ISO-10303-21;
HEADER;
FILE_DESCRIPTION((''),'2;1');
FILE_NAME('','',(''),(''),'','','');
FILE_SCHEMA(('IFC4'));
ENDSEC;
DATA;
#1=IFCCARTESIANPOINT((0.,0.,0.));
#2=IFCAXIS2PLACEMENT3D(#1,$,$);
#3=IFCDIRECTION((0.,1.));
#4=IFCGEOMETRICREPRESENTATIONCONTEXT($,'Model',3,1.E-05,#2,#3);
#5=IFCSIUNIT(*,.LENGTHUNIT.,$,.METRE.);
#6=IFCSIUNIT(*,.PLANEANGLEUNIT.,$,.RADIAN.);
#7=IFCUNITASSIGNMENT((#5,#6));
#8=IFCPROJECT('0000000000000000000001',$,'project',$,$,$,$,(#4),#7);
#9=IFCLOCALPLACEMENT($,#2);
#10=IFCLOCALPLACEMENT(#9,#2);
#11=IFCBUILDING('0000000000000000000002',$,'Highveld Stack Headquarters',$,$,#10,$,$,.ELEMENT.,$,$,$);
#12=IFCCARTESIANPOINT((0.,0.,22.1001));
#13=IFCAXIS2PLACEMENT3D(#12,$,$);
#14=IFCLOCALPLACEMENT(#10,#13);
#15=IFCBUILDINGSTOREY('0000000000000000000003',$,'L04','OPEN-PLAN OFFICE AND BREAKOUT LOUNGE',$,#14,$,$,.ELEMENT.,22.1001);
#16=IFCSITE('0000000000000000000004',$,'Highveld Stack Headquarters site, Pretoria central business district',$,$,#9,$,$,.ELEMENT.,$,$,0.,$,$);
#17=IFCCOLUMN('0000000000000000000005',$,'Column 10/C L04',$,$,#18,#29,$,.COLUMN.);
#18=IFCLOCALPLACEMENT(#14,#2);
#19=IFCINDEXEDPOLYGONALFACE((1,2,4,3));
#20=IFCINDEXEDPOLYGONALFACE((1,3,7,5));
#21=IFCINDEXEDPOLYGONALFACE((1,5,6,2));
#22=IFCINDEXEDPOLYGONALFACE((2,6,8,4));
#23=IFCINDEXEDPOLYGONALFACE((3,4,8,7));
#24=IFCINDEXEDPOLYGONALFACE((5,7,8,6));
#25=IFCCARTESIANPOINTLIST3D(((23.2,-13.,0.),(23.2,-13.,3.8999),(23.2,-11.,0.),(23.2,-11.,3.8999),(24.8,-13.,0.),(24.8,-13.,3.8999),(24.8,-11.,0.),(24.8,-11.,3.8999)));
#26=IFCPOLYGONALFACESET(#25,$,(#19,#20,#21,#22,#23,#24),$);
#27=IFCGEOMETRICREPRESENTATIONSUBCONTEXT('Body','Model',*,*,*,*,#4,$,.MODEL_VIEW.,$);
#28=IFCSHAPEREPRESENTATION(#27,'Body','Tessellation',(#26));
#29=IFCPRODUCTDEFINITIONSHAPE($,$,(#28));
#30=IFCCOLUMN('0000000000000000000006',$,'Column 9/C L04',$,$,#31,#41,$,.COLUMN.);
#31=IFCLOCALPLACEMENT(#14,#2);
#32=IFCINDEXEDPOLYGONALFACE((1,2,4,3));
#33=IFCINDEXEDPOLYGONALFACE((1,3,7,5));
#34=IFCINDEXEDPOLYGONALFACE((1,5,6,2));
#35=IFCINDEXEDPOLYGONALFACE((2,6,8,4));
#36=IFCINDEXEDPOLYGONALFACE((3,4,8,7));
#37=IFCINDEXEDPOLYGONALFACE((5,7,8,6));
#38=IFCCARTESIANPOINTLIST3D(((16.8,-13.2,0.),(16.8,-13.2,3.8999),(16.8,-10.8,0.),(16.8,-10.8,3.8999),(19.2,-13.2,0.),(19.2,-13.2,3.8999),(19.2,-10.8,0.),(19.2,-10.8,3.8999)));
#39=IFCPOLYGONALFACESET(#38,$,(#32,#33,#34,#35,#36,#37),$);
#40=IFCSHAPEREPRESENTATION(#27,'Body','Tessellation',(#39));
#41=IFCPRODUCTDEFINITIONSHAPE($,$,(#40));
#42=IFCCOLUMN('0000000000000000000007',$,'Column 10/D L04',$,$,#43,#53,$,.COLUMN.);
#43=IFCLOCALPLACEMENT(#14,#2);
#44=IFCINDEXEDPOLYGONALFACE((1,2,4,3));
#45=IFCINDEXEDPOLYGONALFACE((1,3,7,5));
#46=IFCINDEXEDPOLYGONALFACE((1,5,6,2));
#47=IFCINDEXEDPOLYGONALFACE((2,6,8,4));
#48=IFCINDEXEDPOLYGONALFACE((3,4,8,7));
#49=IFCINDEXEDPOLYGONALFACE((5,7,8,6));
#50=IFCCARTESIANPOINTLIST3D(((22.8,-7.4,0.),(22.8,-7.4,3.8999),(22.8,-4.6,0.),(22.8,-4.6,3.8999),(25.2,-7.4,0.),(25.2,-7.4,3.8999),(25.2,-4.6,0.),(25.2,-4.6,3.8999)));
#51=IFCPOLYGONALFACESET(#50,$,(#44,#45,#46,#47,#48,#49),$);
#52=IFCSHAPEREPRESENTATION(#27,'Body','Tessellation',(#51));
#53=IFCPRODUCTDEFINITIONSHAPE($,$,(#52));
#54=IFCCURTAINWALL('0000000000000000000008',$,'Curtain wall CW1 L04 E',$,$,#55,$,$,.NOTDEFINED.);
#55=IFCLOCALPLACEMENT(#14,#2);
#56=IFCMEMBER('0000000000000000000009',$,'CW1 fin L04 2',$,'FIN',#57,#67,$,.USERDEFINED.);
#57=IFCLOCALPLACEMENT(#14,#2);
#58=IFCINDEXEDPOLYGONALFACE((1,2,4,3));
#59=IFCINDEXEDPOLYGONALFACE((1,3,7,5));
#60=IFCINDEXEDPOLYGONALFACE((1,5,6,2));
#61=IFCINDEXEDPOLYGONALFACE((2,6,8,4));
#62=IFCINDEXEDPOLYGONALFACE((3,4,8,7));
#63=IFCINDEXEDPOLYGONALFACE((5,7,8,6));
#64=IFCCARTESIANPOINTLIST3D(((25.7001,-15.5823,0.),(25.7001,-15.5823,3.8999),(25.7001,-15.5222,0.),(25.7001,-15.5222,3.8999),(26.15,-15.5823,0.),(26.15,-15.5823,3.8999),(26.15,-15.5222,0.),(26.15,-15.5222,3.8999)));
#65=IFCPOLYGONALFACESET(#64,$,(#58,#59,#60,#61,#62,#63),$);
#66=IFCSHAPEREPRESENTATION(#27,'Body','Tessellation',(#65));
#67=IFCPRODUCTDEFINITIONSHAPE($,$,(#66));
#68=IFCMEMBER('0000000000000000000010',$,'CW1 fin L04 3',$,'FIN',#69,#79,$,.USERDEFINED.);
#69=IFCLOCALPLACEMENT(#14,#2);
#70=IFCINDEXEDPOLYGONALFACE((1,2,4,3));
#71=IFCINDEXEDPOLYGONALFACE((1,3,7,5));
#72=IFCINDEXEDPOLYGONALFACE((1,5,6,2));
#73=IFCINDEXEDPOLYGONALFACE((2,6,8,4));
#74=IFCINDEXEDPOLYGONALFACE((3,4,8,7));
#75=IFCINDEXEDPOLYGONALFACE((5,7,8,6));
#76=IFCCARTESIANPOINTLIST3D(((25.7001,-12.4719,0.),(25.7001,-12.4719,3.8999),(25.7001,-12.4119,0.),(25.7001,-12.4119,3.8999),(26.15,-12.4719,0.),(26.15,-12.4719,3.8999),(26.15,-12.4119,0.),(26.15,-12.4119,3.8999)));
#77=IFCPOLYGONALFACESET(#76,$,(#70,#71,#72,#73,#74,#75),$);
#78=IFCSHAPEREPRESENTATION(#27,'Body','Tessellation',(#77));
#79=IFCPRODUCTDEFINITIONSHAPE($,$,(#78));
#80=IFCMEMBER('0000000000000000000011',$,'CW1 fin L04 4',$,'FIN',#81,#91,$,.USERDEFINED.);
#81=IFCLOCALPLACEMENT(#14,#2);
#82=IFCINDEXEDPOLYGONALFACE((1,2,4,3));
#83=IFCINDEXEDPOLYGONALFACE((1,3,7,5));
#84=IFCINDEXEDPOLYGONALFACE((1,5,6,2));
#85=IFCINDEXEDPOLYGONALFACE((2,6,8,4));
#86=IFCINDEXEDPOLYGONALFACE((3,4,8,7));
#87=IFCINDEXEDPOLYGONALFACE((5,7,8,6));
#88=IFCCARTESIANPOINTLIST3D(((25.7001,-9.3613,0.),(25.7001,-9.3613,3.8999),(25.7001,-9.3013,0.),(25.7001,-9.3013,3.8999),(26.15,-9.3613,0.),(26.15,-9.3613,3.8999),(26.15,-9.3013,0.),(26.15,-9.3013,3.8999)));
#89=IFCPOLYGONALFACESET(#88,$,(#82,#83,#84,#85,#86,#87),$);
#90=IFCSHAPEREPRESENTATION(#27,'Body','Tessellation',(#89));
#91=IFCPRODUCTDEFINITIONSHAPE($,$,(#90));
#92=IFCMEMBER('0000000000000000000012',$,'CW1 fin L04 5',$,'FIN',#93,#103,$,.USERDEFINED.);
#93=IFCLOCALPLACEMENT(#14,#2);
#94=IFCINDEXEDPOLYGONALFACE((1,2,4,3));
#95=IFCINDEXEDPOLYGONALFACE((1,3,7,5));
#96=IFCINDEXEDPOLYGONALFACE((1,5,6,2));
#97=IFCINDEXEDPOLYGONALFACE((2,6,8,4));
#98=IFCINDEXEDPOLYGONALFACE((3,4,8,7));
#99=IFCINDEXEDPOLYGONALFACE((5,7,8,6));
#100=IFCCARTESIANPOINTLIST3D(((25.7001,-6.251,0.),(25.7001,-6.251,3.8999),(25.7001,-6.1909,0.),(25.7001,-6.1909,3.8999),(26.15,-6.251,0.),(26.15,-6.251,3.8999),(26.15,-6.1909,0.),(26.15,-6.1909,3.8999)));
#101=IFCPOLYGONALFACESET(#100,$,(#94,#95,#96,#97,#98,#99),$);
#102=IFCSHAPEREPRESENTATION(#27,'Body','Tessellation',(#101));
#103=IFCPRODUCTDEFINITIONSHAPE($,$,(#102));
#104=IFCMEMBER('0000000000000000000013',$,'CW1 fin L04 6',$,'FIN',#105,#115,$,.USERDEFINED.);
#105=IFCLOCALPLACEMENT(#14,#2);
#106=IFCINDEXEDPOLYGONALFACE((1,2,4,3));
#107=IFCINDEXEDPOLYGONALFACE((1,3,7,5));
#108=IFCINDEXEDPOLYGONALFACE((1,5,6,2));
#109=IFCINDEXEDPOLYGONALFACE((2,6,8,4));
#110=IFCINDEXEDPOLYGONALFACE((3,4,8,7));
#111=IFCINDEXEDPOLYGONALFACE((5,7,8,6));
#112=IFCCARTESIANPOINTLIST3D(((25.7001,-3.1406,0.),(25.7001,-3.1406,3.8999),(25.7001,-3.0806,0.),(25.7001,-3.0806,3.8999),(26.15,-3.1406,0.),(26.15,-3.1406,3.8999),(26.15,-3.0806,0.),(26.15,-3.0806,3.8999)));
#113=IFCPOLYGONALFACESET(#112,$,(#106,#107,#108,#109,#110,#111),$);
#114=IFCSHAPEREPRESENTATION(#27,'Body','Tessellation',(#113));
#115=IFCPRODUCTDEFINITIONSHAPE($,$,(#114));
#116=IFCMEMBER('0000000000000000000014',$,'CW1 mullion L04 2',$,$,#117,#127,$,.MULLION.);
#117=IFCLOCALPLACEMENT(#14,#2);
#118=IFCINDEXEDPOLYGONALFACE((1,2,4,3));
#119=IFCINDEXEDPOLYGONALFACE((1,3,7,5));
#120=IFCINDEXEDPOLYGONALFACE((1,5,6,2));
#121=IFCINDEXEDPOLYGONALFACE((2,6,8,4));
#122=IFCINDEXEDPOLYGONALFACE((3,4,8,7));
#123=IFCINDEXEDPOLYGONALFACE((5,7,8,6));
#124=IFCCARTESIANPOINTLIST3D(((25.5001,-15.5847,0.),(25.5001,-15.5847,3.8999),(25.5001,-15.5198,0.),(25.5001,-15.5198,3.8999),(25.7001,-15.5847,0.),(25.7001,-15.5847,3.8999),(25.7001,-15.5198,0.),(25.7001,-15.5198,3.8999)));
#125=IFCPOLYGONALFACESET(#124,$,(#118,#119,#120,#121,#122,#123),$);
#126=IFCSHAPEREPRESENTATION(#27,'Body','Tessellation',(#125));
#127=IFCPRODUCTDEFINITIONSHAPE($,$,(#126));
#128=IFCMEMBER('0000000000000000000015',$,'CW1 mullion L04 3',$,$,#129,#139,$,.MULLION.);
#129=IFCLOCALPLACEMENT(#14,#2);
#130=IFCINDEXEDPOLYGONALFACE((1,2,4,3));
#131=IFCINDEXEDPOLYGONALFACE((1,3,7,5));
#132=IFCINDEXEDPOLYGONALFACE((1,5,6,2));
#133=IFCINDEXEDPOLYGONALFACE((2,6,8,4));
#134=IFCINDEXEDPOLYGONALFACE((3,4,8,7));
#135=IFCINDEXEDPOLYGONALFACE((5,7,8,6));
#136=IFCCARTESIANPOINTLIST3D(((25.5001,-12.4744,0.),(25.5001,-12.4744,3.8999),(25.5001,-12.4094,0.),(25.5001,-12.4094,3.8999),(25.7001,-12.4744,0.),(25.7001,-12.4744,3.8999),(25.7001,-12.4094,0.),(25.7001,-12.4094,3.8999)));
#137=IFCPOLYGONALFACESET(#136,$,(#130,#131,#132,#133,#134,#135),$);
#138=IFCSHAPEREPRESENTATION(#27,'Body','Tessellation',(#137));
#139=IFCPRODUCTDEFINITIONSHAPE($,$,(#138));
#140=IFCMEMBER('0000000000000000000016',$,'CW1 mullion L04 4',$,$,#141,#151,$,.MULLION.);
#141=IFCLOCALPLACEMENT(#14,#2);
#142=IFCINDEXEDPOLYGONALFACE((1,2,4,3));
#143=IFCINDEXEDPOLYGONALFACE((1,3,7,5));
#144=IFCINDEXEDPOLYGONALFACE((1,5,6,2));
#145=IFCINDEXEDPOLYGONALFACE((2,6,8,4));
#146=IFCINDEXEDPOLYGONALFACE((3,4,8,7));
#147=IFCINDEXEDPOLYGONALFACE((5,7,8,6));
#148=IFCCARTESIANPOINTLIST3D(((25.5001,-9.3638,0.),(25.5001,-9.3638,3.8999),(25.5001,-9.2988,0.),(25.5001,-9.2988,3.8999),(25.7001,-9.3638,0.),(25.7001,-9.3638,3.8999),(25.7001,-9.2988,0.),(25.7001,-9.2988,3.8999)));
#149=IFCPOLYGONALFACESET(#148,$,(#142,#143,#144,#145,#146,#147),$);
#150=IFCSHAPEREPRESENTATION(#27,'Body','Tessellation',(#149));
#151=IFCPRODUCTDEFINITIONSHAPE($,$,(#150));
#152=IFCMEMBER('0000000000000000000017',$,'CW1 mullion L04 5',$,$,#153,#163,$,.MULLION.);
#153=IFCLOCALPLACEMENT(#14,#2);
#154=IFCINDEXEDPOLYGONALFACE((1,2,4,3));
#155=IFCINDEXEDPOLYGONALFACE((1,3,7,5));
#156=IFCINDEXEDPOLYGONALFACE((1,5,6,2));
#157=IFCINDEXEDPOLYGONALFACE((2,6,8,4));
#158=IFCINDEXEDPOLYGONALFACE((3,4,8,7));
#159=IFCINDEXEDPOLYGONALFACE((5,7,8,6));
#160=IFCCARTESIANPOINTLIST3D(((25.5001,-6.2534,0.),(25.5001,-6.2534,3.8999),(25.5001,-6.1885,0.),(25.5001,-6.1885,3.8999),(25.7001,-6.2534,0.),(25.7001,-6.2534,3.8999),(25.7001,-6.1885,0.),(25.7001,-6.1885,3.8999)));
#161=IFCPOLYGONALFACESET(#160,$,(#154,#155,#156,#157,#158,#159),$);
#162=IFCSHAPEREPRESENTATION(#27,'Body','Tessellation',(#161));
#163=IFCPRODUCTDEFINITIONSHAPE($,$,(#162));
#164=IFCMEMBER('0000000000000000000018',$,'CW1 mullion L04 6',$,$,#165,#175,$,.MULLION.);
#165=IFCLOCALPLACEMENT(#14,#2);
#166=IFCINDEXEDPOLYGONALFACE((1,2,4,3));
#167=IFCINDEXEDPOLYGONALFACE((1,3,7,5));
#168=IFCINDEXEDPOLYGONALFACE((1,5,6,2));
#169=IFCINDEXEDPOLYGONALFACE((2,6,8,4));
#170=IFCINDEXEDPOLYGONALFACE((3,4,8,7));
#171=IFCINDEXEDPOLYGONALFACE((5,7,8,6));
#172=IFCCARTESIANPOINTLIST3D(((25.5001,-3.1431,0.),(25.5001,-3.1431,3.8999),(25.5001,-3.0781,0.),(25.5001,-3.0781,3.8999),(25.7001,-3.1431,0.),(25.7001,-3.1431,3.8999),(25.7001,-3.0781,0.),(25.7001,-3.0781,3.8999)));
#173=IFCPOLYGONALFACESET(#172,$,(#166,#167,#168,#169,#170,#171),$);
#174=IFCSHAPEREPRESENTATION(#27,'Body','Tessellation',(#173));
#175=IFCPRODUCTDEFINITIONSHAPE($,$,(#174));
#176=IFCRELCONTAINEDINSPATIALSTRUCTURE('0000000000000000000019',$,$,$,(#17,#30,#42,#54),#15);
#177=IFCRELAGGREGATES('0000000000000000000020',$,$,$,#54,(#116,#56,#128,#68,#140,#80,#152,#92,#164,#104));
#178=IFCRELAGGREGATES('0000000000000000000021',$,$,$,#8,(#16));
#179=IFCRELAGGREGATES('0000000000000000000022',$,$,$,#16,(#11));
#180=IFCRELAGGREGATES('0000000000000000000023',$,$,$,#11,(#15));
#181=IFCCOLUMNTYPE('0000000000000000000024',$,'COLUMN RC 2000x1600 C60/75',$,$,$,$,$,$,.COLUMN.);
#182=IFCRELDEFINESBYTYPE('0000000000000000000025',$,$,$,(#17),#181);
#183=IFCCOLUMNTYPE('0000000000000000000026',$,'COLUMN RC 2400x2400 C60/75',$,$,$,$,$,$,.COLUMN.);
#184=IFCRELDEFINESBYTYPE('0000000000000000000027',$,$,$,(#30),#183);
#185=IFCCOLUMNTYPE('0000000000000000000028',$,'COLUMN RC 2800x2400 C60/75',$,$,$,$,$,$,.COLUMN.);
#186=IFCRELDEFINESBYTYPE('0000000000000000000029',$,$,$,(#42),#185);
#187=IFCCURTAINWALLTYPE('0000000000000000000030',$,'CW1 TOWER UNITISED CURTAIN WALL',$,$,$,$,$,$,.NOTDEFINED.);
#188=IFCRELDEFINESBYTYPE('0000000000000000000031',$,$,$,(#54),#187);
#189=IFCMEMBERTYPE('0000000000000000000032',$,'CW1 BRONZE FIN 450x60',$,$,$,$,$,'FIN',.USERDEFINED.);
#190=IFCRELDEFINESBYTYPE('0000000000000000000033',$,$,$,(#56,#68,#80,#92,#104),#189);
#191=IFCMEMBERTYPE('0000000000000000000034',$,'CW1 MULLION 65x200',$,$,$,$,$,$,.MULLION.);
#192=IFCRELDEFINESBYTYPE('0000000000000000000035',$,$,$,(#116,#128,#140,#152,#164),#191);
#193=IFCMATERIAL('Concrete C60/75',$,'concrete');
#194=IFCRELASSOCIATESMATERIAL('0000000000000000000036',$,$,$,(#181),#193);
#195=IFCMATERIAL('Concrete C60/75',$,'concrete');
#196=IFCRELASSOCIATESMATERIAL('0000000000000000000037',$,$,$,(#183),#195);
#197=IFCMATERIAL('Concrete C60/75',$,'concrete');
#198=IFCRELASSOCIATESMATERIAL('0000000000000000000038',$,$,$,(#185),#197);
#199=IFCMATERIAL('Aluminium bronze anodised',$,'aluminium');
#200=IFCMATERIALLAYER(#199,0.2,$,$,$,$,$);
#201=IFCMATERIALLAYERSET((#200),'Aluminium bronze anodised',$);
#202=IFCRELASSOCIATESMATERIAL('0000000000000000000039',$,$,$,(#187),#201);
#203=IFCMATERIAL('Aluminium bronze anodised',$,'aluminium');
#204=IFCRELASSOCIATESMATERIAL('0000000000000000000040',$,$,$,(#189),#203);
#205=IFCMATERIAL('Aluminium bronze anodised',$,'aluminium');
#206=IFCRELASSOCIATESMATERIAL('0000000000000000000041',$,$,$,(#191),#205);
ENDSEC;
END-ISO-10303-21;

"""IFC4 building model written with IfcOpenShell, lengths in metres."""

from ifc_helpers import new_model, si_unit, direction, frame, origin, origin_2d, place, context, subcontext, project, spatial, rectangle, extrude, material, layer, layer_set, material_profile, profile_set, type_object, element, aggregate, save


model = new_model("IFC4")

# Units and contexts
model_context = context("Model", 3, precision=1e-05, world=origin(), true_north=direction((0.0, 1.0)))
body_context = subcontext(model_context, "Body", "Model", "MODEL_VIEW")
ifc_project = project(units=[si_unit("LENGTHUNIT", "METRE"), si_unit("PLANEANGLEUNIT", "RADIAN")], contexts=[model_context])

# Site, building, storey
site_placement = place(None, origin())
site = spatial("IfcSite", under=ifc_project, at=site_placement, Name="Highveld Stack Headquarters site, Pretoria central business district", CompositionType="ELEMENT", RefElevation=0.0)
building_placement = place(site_placement, origin())
building = spatial("IfcBuilding", under=site, at=building_placement, Name="Highveld Stack Headquarters", CompositionType="ELEMENT")
storey_placement = place(building_placement, frame((0.0, 0.0, 22.1001)))
storey = spatial("IfcBuildingStorey", under=building, at=storey_placement, Name="L04", Description="OPEN-PLAN OFFICE AND BREAKOUT LOUNGE", CompositionType="ELEMENT", Elevation=22.1001)

# Columns
ifc_material_1 = material(Name="Concrete C60/75", Category="concrete")
ifc_material_profile_1 = material_profile(ifc_material_1, rectangle(XDim=2.0, YDim=1.6001, at=origin_2d()), Name="RC 2000x1600")
ifc_profile_set_1 = profile_set([ifc_material_profile_1], Name="Concrete C60/75")
column_type_1 = type_object("IfcColumnType", Name="COLUMN RC 2000x1600 C60/75", PredefinedType="COLUMN", material=ifc_profile_set_1)
column_1_placement = place(storey_placement, frame((24.0, -12.0, 0.0), z_axis=(0.0, 0.0, 1.0), x_axis=(0.0, 1.0, 0.0)))
element("IfcColumn", 1, at=column_1_placement, inside=storey, type_object=column_type_1, Name="Column 10/C L04", PredefinedType="COLUMN", context=body_context, shape_type="SweptSolid", body=[
    extrude(rectangle(XDim=2.0, YDim=1.6001, at=origin_2d()), origin(), (0.0, 0.0, 1.0), 3.8999),
])
ifc_material_2 = material(Name="Concrete C60/75", Category="concrete")
ifc_material_profile_2 = material_profile(ifc_material_2, rectangle(XDim=2.3999, YDim=2.3999, at=origin_2d()), Name="RC 2400x2400")
ifc_profile_set_2 = profile_set([ifc_material_profile_2], Name="Concrete C60/75")
column_type_2 = type_object("IfcColumnType", Name="COLUMN RC 2400x2400 C60/75", PredefinedType="COLUMN", material=ifc_profile_set_2)
column_2_placement = place(storey_placement, frame((18.0, -12.0, 0.0), z_axis=(0.0, 0.0, 1.0), x_axis=(1.0, 0.0, 0.0)))
element("IfcColumn", 2, at=column_2_placement, inside=storey, type_object=column_type_2, Name="Column 9/C L04", PredefinedType="COLUMN", context=body_context, shape_type="SweptSolid", body=[
    extrude(rectangle(XDim=2.3999, YDim=2.3999, at=origin_2d()), origin(), (0.0, 0.0, 1.0), 3.8999),
])
ifc_material_3 = material(Name="Concrete C60/75", Category="concrete")
ifc_material_profile_3 = material_profile(ifc_material_3, rectangle(XDim=2.8, YDim=2.3999, at=origin_2d()), Name="RC 2800x2400")
ifc_profile_set_3 = profile_set([ifc_material_profile_3], Name="Concrete C60/75")
column_type_3 = type_object("IfcColumnType", Name="COLUMN RC 2800x2400 C60/75", PredefinedType="COLUMN", material=ifc_profile_set_3)
column_3_placement = place(storey_placement, frame((24.0, -6.0, 0.0), z_axis=(0.0, 0.0, 1.0), x_axis=(0.0, 1.0, 0.0)))
element("IfcColumn", 3, at=column_3_placement, inside=storey, type_object=column_type_3, Name="Column 10/D L04", PredefinedType="COLUMN", context=body_context, shape_type="SweptSolid", body=[
    extrude(rectangle(XDim=2.8, YDim=2.3999, at=origin_2d()), origin(), (0.0, 0.0, 1.0), 3.8999),
])

# Curtain wall, members
ifc_material_4 = material(Name="Aluminium bronze anodised", Category="aluminium")
ifc_layer_1 = layer(ifc_material_4, 0.2)
ifc_layer_set_1 = layer_set([ifc_layer_1], Name="Aluminium bronze anodised")
curtain_wall_type = type_object("IfcCurtainWallType", Name="CW1 TOWER UNITISED CURTAIN WALL", PredefinedType="NOTDEFINED", material=ifc_layer_set_1)
curtain_wall_placement = place(storey_placement, origin())
curtain_wall = element("IfcCurtainWall", 4, at=curtain_wall_placement, inside=storey, type_object=curtain_wall_type, Name="Curtain wall CW1 L04 E", PredefinedType="NOTDEFINED")
ifc_material_5 = material(Name="Aluminium bronze anodised", Category="aluminium")
ifc_material_profile_4 = material_profile(ifc_material_5, rectangle(XDim=0.45, YDim=0.0601, at=origin_2d()), Name="FIN 450x60")
ifc_profile_set_4 = profile_set([ifc_material_profile_4], Name="Aluminium bronze anodised")
member_type_1 = type_object("IfcMemberType", Name="CW1 BRONZE FIN 450x60", ElementType="FIN", PredefinedType="USERDEFINED", material=ifc_profile_set_4)
member_1_placement = place(storey_placement, frame((25.925, -15.5522, 0.0), z_axis=(0.0, 0.0, 1.0), x_axis=(-1.0, 0.0, 0.0)))
member_1 = element("IfcMember", 5, at=member_1_placement, type_object=member_type_1, Name="CW1 fin L04 2", ObjectType="FIN", PredefinedType="USERDEFINED", context=body_context, shape_type="SweptSolid", body=[
    extrude(rectangle(XDim=0.45, YDim=0.0601, at=origin_2d()), origin(), (0.0, 0.0, 1.0), 3.8999),
])
member_2_placement = place(storey_placement, frame((25.925, -12.4419, 0.0), z_axis=(0.0, 0.0, 1.0), x_axis=(-1.0, 0.0, 0.0)))
member_2 = element("IfcMember", 6, at=member_2_placement, type_object=member_type_1, Name="CW1 fin L04 3", ObjectType="FIN", PredefinedType="USERDEFINED", context=body_context, shape_type="SweptSolid", body=[
    extrude(rectangle(XDim=0.45, YDim=0.0601, at=origin_2d()), origin(), (0.0, 0.0, 1.0), 3.8999),
])
member_3_placement = place(storey_placement, frame((25.925, -9.3313, 0.0), z_axis=(0.0, 0.0, 1.0), x_axis=(-1.0, 0.0, 0.0)))
member_3 = element("IfcMember", 7, at=member_3_placement, type_object=member_type_1, Name="CW1 fin L04 4", ObjectType="FIN", PredefinedType="USERDEFINED", context=body_context, shape_type="SweptSolid", body=[
    extrude(rectangle(XDim=0.45, YDim=0.0601, at=origin_2d()), origin(), (0.0, 0.0, 1.0), 3.8999),
])
member_4_placement = place(storey_placement, frame((25.925, -6.2209, 0.0), z_axis=(0.0, 0.0, 1.0), x_axis=(-1.0, 0.0, 0.0)))
member_4 = element("IfcMember", 8, at=member_4_placement, type_object=member_type_1, Name="CW1 fin L04 5", ObjectType="FIN", PredefinedType="USERDEFINED", context=body_context, shape_type="SweptSolid", body=[
    extrude(rectangle(XDim=0.45, YDim=0.0601, at=origin_2d()), origin(), (0.0, 0.0, 1.0), 3.8999),
])
member_5_placement = place(storey_placement, frame((25.925, -3.1106, 0.0), z_axis=(0.0, 0.0, 1.0), x_axis=(-1.0, 0.0, 0.0)))
member_5 = element("IfcMember", 9, at=member_5_placement, type_object=member_type_1, Name="CW1 fin L04 6", ObjectType="FIN", PredefinedType="USERDEFINED", context=body_context, shape_type="SweptSolid", body=[
    extrude(rectangle(XDim=0.45, YDim=0.0601, at=origin_2d()), origin(), (0.0, 0.0, 1.0), 3.8999),
])
ifc_material_6 = material(Name="Aluminium bronze anodised", Category="aluminium")
ifc_material_profile_5 = material_profile(ifc_material_6, rectangle(XDim=0.2, YDim=0.0649, at=origin_2d()), Name="CW1 MULLION 65x200")
ifc_profile_set_5 = profile_set([ifc_material_profile_5], Name="Aluminium bronze anodised")
member_type_2 = type_object("IfcMemberType", Name="CW1 MULLION 65x200", PredefinedType="MULLION", material=ifc_profile_set_5)
member_6_placement = place(storey_placement, frame((25.6001, -15.5522, 0.0), z_axis=(0.0, 0.0, 1.0), x_axis=(-1.0, 0.0, 0.0)))
member_6 = element("IfcMember", 10, at=member_6_placement, type_object=member_type_2, Name="CW1 mullion L04 2", PredefinedType="MULLION", context=body_context, shape_type="SweptSolid", body=[
    extrude(rectangle(XDim=0.2, YDim=0.0649, at=origin_2d()), origin(), (0.0, 0.0, 1.0), 3.8999),
])
member_7_placement = place(storey_placement, frame((25.6001, -12.4419, 0.0), z_axis=(0.0, 0.0, 1.0), x_axis=(-1.0, 0.0, 0.0)))
member_7 = element("IfcMember", 11, at=member_7_placement, type_object=member_type_2, Name="CW1 mullion L04 3", PredefinedType="MULLION", context=body_context, shape_type="SweptSolid", body=[
    extrude(rectangle(XDim=0.2, YDim=0.0649, at=origin_2d()), origin(), (0.0, 0.0, 1.0), 3.8999),
])
member_8_placement = place(storey_placement, frame((25.6001, -9.3313, 0.0), z_axis=(0.0, 0.0, 1.0), x_axis=(-1.0, 0.0, 0.0)))
member_8 = element("IfcMember", 12, at=member_8_placement, type_object=member_type_2, Name="CW1 mullion L04 4", PredefinedType="MULLION", context=body_context, shape_type="SweptSolid", body=[
    extrude(rectangle(XDim=0.2, YDim=0.0649, at=origin_2d()), origin(), (0.0, 0.0, 1.0), 3.8999),
])
member_9_placement = place(storey_placement, frame((25.6001, -6.2209, 0.0), z_axis=(0.0, 0.0, 1.0), x_axis=(-1.0, 0.0, 0.0)))
member_9 = element("IfcMember", 13, at=member_9_placement, type_object=member_type_2, Name="CW1 mullion L04 5", PredefinedType="MULLION", context=body_context, shape_type="SweptSolid", body=[
    extrude(rectangle(XDim=0.2, YDim=0.0649, at=origin_2d()), origin(), (0.0, 0.0, 1.0), 3.8999),
])
member_10_placement = place(storey_placement, frame((25.6001, -3.1106, 0.0), z_axis=(0.0, 0.0, 1.0), x_axis=(-1.0, 0.0, 0.0)))
member_10 = element("IfcMember", 14, at=member_10_placement, type_object=member_type_2, Name="CW1 mullion L04 6", PredefinedType="MULLION", context=body_context, shape_type="SweptSolid", body=[
    extrude(rectangle(XDim=0.2, YDim=0.0649, at=origin_2d()), origin(), (0.0, 0.0, 1.0), 3.8999),
])
aggregate(curtain_wall, [member_6, member_1, member_7, member_2, member_8, member_3, member_9, member_4, member_10, member_5])

save(model, "model.ifc")
